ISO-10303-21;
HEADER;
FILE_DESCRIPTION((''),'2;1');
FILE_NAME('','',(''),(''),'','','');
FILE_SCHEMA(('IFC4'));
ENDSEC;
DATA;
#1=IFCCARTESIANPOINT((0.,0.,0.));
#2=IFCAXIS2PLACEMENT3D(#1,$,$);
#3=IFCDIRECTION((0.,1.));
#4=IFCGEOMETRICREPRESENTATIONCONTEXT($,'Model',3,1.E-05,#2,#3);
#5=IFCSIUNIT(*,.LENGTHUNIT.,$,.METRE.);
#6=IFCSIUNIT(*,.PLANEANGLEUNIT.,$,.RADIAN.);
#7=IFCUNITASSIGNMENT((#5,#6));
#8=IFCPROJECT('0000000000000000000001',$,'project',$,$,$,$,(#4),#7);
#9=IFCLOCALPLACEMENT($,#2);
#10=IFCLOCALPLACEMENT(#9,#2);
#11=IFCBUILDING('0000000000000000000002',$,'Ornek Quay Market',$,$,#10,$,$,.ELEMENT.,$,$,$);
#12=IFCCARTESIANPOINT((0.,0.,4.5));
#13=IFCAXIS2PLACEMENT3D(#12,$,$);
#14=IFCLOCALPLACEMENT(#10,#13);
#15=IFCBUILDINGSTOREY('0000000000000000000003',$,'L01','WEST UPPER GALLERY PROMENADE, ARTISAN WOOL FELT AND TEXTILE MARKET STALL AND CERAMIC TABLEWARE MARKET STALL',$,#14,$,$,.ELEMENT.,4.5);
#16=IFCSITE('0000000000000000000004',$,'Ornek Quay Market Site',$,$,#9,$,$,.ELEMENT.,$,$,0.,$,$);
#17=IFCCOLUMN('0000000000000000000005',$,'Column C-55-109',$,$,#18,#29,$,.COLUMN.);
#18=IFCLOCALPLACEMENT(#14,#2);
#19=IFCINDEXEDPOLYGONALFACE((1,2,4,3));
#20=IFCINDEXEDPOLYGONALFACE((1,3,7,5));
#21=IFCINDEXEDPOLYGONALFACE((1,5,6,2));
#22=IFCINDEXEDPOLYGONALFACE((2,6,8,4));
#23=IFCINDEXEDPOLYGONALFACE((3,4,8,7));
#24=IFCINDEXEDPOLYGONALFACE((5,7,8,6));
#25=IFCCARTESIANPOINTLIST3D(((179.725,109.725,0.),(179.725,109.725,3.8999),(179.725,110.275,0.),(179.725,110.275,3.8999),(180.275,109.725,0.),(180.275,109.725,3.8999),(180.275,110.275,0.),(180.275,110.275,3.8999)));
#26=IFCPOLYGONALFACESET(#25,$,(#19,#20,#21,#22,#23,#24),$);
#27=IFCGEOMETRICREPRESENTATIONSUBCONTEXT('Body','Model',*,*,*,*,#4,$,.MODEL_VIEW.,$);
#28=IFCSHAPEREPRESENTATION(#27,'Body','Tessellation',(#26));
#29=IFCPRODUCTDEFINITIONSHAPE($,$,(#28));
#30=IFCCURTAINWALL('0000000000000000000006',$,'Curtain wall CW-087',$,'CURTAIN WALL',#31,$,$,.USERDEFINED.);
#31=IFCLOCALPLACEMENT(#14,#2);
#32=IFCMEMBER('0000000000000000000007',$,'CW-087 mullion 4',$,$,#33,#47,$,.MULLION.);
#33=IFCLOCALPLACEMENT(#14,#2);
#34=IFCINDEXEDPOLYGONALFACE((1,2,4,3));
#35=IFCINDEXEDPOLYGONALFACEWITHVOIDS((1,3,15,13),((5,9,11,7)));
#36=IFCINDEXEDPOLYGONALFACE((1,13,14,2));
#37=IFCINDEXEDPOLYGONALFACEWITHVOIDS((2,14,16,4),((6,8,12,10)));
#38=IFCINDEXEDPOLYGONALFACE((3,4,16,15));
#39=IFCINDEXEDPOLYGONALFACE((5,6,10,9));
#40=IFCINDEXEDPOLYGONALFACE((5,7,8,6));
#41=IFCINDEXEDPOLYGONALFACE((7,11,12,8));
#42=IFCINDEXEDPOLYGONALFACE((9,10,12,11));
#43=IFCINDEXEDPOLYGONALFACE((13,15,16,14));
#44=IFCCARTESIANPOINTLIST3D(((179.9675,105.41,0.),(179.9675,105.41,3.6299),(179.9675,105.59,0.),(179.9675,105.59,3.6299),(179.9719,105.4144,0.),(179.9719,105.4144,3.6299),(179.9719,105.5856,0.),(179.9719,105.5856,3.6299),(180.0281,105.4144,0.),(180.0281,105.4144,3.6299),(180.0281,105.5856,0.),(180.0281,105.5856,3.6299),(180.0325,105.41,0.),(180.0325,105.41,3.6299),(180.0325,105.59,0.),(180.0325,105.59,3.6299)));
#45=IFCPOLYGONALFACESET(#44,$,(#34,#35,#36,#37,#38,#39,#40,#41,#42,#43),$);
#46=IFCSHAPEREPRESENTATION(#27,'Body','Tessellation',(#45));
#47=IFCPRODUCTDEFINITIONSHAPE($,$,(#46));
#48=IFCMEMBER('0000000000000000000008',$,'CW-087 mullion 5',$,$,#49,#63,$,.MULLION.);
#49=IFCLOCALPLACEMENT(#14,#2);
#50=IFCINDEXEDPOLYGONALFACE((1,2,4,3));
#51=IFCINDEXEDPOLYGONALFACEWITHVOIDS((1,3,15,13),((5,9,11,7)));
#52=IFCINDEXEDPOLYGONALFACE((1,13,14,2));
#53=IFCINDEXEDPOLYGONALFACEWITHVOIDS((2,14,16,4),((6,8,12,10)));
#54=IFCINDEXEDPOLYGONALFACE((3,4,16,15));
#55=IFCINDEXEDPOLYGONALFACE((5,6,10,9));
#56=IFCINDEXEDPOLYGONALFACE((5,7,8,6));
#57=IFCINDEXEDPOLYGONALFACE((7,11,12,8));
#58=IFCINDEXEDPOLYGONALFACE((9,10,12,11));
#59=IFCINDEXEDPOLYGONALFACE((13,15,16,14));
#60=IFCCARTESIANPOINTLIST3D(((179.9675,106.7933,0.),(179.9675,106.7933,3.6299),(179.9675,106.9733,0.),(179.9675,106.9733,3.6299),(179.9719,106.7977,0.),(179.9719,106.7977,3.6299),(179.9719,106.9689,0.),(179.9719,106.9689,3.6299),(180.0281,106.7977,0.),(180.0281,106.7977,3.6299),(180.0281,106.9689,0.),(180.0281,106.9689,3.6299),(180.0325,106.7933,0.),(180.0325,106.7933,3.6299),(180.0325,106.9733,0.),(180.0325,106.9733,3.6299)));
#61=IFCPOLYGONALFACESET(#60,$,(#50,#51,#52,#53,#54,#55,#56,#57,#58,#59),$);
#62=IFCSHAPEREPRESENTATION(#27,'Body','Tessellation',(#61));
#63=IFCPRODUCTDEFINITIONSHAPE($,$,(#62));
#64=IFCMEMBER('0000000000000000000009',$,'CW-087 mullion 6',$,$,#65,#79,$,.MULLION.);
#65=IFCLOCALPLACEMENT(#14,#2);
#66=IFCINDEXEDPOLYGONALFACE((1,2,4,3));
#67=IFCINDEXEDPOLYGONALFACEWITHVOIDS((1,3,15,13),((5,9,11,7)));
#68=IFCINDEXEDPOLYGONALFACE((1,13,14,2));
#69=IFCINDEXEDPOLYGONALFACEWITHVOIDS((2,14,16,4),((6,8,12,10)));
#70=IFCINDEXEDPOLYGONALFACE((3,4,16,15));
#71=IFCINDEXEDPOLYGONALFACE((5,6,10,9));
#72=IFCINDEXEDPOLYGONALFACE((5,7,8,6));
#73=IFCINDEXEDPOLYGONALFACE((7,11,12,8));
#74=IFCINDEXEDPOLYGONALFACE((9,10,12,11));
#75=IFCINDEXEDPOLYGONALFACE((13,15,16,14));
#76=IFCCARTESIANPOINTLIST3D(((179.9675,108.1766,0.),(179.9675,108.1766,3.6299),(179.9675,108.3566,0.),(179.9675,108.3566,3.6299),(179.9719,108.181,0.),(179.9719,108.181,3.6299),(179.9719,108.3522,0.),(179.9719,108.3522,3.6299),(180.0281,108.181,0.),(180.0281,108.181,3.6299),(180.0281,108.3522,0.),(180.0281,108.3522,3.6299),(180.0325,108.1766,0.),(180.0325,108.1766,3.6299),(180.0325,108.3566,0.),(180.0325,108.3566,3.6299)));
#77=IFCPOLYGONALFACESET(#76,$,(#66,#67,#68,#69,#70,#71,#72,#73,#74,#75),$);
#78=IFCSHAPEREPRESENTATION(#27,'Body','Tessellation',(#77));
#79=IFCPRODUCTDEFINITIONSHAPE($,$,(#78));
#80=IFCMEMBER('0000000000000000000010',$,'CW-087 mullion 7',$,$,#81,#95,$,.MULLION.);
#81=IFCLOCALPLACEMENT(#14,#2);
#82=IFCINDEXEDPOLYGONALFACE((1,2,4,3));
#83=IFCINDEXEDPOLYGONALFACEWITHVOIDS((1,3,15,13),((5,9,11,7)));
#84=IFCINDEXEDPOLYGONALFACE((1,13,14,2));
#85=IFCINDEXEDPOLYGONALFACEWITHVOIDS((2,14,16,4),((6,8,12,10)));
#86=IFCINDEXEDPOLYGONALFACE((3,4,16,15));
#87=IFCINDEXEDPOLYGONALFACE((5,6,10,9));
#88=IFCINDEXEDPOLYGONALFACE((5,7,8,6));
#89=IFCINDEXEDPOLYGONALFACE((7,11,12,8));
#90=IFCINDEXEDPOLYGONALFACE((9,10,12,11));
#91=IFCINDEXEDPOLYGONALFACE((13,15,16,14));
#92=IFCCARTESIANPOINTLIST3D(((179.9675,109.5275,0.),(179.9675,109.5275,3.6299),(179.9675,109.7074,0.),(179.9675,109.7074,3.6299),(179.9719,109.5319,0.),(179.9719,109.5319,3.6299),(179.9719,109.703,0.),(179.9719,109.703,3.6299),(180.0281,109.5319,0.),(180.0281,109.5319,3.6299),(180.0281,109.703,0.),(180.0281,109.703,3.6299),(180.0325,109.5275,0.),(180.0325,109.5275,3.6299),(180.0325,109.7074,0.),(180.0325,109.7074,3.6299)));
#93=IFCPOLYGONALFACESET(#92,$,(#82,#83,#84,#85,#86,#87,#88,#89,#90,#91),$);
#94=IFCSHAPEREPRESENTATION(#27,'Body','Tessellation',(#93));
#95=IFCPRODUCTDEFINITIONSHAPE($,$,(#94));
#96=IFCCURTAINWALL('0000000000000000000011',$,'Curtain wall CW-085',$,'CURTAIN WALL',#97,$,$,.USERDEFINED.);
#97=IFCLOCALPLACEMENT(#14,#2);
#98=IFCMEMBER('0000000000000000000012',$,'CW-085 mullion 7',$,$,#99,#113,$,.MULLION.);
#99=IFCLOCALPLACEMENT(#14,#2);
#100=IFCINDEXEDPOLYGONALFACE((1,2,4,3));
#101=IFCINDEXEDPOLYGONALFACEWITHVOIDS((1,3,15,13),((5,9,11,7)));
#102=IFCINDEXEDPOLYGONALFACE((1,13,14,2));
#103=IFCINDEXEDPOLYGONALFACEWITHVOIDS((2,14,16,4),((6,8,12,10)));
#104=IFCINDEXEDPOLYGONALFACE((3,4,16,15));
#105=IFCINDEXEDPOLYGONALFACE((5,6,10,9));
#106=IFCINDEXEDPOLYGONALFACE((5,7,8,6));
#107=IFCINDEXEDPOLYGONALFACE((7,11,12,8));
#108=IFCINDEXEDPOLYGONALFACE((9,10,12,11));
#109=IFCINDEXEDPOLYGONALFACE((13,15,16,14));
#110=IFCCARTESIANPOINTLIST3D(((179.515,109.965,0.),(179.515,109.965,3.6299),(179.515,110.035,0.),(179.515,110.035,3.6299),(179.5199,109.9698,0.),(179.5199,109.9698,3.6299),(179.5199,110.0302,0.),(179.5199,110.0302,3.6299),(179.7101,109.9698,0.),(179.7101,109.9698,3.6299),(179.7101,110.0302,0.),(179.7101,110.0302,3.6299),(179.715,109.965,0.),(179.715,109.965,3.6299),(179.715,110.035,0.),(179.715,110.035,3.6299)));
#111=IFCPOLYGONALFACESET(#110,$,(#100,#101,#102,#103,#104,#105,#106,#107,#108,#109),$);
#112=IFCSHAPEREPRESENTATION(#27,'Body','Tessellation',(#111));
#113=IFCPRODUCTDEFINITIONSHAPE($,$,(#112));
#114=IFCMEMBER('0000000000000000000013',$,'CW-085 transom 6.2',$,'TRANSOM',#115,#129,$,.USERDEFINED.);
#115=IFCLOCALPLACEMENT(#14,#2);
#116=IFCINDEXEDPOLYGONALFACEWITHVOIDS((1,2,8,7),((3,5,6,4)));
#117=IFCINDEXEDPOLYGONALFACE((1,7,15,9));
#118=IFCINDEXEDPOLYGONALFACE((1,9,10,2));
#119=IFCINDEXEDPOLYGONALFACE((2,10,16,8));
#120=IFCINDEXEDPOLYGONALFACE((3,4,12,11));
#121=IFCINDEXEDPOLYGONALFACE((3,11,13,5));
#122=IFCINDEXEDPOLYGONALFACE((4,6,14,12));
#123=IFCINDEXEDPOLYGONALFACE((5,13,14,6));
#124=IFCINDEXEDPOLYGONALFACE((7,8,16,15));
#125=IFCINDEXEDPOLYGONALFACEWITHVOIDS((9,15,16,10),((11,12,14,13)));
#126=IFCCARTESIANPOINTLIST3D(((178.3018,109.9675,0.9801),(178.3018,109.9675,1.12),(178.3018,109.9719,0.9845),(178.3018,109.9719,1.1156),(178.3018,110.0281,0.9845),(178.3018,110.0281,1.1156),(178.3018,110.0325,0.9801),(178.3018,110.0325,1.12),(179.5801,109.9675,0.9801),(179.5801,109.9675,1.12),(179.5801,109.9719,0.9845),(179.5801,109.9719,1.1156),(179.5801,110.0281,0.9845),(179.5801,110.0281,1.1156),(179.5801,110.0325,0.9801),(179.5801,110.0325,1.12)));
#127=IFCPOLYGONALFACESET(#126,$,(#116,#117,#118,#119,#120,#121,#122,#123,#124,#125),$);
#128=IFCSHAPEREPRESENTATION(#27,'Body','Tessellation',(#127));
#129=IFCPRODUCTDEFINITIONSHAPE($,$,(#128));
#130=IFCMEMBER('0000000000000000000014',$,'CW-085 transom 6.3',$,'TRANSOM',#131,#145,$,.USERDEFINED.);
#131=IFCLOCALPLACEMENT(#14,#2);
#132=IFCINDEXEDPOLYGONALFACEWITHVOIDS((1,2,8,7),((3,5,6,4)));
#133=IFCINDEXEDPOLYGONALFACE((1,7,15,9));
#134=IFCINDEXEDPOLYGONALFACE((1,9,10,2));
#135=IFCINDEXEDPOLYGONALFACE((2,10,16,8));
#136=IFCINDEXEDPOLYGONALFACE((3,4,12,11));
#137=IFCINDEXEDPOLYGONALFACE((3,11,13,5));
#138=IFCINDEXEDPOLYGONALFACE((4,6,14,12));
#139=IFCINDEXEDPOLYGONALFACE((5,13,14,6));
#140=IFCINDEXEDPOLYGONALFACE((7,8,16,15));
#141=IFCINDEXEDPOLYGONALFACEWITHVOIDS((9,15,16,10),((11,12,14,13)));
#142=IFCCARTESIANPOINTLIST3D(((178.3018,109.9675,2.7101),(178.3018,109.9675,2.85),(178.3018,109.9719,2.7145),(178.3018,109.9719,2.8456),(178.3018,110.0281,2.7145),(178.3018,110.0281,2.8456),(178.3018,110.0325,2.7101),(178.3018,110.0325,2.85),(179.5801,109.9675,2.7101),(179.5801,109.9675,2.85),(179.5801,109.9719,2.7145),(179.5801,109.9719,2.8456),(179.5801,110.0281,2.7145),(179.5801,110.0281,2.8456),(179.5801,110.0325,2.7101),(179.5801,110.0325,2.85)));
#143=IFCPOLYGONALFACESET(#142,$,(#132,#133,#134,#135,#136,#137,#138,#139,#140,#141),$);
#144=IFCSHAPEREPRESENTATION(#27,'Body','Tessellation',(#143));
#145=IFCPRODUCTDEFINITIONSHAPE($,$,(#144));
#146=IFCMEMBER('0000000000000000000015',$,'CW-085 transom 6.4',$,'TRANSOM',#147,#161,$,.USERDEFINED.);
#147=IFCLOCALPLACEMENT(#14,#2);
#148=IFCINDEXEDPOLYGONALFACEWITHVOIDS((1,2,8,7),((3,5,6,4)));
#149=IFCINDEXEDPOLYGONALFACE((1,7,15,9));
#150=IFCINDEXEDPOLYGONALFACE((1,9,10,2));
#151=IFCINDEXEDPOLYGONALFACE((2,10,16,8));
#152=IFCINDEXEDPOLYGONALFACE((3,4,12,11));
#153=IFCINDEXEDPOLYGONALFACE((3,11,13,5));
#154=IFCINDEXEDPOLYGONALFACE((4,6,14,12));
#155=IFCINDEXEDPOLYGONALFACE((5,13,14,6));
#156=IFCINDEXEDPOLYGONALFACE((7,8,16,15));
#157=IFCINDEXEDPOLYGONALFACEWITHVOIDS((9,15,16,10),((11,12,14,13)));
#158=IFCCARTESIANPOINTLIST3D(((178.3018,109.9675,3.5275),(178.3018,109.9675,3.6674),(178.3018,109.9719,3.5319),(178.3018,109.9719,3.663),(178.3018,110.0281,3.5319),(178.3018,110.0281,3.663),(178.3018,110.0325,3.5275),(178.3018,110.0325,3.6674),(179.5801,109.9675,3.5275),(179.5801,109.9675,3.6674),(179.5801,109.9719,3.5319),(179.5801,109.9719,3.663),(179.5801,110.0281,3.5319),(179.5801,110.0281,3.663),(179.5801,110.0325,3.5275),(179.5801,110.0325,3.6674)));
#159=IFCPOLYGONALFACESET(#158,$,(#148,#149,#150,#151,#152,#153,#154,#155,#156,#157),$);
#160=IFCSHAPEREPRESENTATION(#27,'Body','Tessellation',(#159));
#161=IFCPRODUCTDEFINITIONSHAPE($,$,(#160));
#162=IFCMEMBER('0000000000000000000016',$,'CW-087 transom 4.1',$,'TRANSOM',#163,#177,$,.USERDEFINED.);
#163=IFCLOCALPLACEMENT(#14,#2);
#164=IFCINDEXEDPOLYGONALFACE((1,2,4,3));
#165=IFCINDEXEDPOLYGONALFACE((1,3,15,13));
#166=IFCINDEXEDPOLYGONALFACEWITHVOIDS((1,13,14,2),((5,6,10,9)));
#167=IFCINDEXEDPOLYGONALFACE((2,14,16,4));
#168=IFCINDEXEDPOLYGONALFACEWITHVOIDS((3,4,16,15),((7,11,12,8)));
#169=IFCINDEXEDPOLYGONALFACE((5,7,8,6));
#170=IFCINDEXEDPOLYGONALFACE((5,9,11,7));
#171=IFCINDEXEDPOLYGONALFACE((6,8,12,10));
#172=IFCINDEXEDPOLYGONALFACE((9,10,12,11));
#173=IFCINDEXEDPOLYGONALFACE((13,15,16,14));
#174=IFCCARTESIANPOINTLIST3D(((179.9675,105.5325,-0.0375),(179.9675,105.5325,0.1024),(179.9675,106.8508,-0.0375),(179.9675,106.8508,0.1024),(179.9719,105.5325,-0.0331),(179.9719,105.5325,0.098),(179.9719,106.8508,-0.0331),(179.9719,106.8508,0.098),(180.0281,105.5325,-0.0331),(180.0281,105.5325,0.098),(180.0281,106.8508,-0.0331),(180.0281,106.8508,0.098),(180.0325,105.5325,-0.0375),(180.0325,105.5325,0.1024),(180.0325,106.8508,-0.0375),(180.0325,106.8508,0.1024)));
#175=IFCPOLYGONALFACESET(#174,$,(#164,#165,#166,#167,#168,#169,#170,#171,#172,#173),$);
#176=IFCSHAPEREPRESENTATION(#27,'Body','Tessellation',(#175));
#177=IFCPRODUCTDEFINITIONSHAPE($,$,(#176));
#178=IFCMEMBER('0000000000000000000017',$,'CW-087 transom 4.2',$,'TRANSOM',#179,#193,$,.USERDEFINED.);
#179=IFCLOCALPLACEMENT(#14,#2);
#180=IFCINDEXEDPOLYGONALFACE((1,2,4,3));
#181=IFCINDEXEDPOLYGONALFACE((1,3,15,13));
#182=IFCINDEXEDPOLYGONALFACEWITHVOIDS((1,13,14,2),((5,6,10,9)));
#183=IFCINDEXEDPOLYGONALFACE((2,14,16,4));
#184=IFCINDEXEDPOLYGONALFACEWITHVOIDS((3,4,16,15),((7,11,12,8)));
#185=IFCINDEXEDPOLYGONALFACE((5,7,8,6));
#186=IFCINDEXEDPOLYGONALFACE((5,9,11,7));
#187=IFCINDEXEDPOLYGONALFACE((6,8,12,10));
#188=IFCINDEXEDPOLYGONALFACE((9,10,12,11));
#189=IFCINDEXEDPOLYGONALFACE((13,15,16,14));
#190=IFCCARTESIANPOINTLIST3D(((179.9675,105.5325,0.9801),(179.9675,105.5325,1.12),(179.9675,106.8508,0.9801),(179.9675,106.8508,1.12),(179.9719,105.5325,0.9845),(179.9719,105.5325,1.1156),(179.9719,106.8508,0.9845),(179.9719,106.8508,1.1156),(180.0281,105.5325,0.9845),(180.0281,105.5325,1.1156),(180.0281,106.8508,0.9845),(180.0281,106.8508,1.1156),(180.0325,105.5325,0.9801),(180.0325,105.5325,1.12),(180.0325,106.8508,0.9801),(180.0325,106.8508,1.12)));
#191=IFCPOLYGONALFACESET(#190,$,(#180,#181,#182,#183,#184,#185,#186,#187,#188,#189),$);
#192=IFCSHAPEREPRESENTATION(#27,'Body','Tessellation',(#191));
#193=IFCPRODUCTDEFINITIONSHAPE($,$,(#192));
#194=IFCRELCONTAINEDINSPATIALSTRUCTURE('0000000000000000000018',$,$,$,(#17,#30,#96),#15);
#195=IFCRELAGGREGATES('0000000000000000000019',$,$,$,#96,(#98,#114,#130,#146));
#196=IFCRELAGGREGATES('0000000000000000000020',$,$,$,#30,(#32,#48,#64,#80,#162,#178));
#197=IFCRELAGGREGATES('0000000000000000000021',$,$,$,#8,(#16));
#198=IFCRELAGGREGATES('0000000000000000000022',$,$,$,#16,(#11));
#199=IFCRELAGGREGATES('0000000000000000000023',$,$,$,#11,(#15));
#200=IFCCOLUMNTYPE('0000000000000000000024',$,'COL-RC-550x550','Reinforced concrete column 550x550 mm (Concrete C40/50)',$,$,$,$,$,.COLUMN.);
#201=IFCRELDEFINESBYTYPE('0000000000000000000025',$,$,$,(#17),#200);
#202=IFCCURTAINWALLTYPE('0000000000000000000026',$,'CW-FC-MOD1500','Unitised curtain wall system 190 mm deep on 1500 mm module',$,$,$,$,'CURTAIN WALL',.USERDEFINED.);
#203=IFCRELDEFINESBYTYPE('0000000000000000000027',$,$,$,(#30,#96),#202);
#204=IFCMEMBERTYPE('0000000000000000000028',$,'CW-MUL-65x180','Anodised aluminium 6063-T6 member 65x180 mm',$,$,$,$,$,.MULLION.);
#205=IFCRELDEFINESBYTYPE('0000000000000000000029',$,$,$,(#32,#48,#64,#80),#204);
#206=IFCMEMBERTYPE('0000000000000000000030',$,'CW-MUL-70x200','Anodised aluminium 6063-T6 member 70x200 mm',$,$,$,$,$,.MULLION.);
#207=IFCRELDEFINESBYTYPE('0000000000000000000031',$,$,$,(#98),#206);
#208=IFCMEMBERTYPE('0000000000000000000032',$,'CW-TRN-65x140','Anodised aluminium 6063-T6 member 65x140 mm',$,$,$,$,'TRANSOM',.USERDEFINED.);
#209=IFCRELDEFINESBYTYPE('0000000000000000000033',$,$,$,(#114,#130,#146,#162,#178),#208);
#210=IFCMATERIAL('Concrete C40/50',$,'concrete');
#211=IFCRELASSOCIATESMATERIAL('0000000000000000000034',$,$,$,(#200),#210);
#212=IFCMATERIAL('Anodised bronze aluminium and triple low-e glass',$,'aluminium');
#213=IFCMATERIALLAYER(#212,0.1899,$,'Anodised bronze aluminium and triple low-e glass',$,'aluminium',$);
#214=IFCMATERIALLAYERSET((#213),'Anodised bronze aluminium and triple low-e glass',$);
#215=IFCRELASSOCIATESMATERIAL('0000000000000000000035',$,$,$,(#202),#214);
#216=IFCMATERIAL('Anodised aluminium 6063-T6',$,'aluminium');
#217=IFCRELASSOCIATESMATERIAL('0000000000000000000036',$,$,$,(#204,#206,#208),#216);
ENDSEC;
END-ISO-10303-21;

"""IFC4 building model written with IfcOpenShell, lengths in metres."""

from ifc_helpers import new_model, si_unit, direction, frame, origin, origin_2d, place, context, subcontext, project, spatial, rectangle, hollow_rectangle, extrude, material, layer, layer_set, material_profile, profile_set, type_object, element, aggregate, save


model = new_model("IFC4")

# Units and contexts
model_context = context("Model", 3, precision=1e-05, world=origin(), true_north=direction((0.0, 1.0)))
body_context = subcontext(model_context, "Body", "Model", "MODEL_VIEW")
ifc_project = project(units=[si_unit("LENGTHUNIT", "METRE"), si_unit("PLANEANGLEUNIT", "RADIAN")], contexts=[model_context])

# Site, building, storey
site_placement = place(None, origin())
site = spatial("IfcSite", under=ifc_project, at=site_placement, Name="Ornek Quay Market Site", CompositionType="ELEMENT", RefElevation=0.0)
building_placement = place(site_placement, origin())
building = spatial("IfcBuilding", under=site, at=building_placement, Name="Ornek Quay Market", CompositionType="ELEMENT")
storey_placement = place(building_placement, frame((0.0, 0.0, 4.5)))
storey = spatial("IfcBuildingStorey", under=building, at=storey_placement, Name="L01", Description="WEST UPPER GALLERY PROMENADE, ARTISAN WOOL FELT AND TEXTILE MARKET STALL AND CERAMIC TABLEWARE MARKET STALL", CompositionType="ELEMENT", Elevation=4.5)

# Column
ifc_material_1 = material(Name="Concrete C40/50", Category="concrete")
ifc_material_profile_1 = material_profile(ifc_material_1, rectangle(XDim=0.55, YDim=0.55, at=origin_2d()), Name="RC 550x550", Category="concrete")
ifc_profile_set_1 = profile_set([ifc_material_profile_1], Name="Concrete C40/50")
column_type = type_object("IfcColumnType", Name="COL-RC-550x550", Description="Reinforced concrete column 550x550 mm (Concrete C40/50)", PredefinedType="COLUMN", material=ifc_profile_set_1)
column_placement = place(storey_placement, frame((180.0, 110.0, 0.0), z_axis=(0.0, 0.0, 1.0), x_axis=(1.0, 0.0, 0.0)))
element("IfcColumn", 1, at=column_placement, inside=storey, type_object=column_type, Name="Column C-55-109", PredefinedType="COLUMN", context=body_context, shape_type="SweptSolid", body=[
    extrude(rectangle(XDim=0.55, YDim=0.55, at=origin_2d()), origin(), (0.0, 0.0, 1.0), 3.8999),
])

# Curtain walls, members
ifc_material_2 = material(Name="Anodised bronze aluminium and triple low-e glass", Category="aluminium")
ifc_layer_1 = layer(ifc_material_2, 0.1899, Name="Anodised bronze aluminium and triple low-e glass", Category="aluminium")
ifc_layer_set_1 = layer_set([ifc_layer_1], Name="Anodised bronze aluminium and triple low-e glass")
curtain_wall_type = type_object("IfcCurtainWallType", Name="CW-FC-MOD1500", Description="Unitised curtain wall system 190 mm deep on 1500 mm module", ElementType="CURTAIN WALL", PredefinedType="USERDEFINED", material=ifc_layer_set_1)
curtain_wall_1_placement = place(storey_placement, origin())
curtain_wall_1 = element("IfcCurtainWall", 2, at=curtain_wall_1_placement, inside=storey, type_object=curtain_wall_type, Name="Curtain wall CW-087", ObjectType="CURTAIN WALL", PredefinedType="USERDEFINED")
ifc_material_3 = material(Name="Anodised aluminium 6063-T6", Category="aluminium")
ifc_material_profile_2 = material_profile(ifc_material_3, hollow_rectangle(XDim=0.0649, YDim=0.1799, WallThickness=0.0044, at=origin_2d()), Name="CW-MUL-65x180", Category="aluminium")
ifc_profile_set_2 = profile_set([ifc_material_profile_2], Name="Anodised aluminium 6063-T6")
member_type_1 = type_object("IfcMemberType", Name="CW-MUL-65x180", Description="Anodised aluminium 6063-T6 member 65x180 mm", PredefinedType="MULLION", material=ifc_profile_set_2)
member_1_placement = place(storey_placement, frame((180.0, 105.5, 0.0), z_axis=(0.0, 0.0, 1.0), x_axis=(-1.0, 0.0, 0.0)))
member_1 = element("IfcMember", 3, at=member_1_placement, type_object=member_type_1, Name="CW-087 mullion 4", PredefinedType="MULLION", context=body_context, shape_type="SweptSolid", body=[
    extrude(hollow_rectangle(XDim=0.0649, YDim=0.1799, WallThickness=0.0044, at=origin_2d()), origin(), (0.0, 0.0, 1.0), 3.6299),
])
member_2_placement = place(storey_placement, frame((180.0, 106.8833, 0.0), z_axis=(0.0, 0.0, 1.0), x_axis=(-1.0, 0.0, 0.0)))
member_2 = element("IfcMember", 4, at=member_2_placement, type_object=member_type_1, Name="CW-087 mullion 5", PredefinedType="MULLION", context=body_context, shape_type="SweptSolid", body=[
    extrude(hollow_rectangle(XDim=0.0649, YDim=0.1799, WallThickness=0.0044, at=origin_2d()), origin(), (0.0, 0.0, 1.0), 3.6299),
])
member_3_placement = place(storey_placement, frame((180.0, 108.2666, 0.0), z_axis=(0.0, 0.0, 1.0), x_axis=(-1.0, 0.0, 0.0)))
member_3 = element("IfcMember", 5, at=member_3_placement, type_object=member_type_1, Name="CW-087 mullion 6", PredefinedType="MULLION", context=body_context, shape_type="SweptSolid", body=[
    extrude(hollow_rectangle(XDim=0.0649, YDim=0.1799, WallThickness=0.0044, at=origin_2d()), origin(), (0.0, 0.0, 1.0), 3.6299),
])
member_4_placement = place(storey_placement, frame((180.0, 109.6174, 0.0), z_axis=(0.0, 0.0, 1.0), x_axis=(-1.0, 0.0, 0.0)))
member_4 = element("IfcMember", 6, at=member_4_placement, type_object=member_type_1, Name="CW-087 mullion 7", PredefinedType="MULLION", context=body_context, shape_type="SweptSolid", body=[
    extrude(hollow_rectangle(XDim=0.0649, YDim=0.1799, WallThickness=0.0044, at=origin_2d()), origin(), (0.0, 0.0, 1.0), 3.6299),
])
curtain_wall_2_placement = place(storey_placement, origin())
curtain_wall_2 = element("IfcCurtainWall", 7, at=curtain_wall_2_placement, inside=storey, type_object=curtain_wall_type, Name="Curtain wall CW-085", ObjectType="CURTAIN WALL", PredefinedType="USERDEFINED")
ifc_material_profile_3 = material_profile(ifc_material_3, hollow_rectangle(XDim=0.0701, YDim=0.2, WallThickness=0.0049, at=origin_2d()), Name="CW-MUL-70x200", Category="aluminium")
ifc_profile_set_3 = profile_set([ifc_material_profile_3], Name="Anodised aluminium 6063-T6")
member_type_2 = type_object("IfcMemberType", Name="CW-MUL-70x200", Description="Anodised aluminium 6063-T6 member 70x200 mm", PredefinedType="MULLION", material=ifc_profile_set_3)
member_5_placement = place(storey_placement, frame((179.615, 110.0, 0.0), z_axis=(0.0, 0.0, 1.0), x_axis=(0.0, 1.0, 0.0)))
member_5 = element("IfcMember", 8, at=member_5_placement, type_object=member_type_2, Name="CW-085 mullion 7", PredefinedType="MULLION", context=body_context, shape_type="SweptSolid", body=[
    extrude(hollow_rectangle(XDim=0.0701, YDim=0.2, WallThickness=0.0049, at=origin_2d()), origin(), (0.0, 0.0, 1.0), 3.6299),
])
ifc_material_profile_4 = material_profile(ifc_material_3, hollow_rectangle(XDim=0.0649, YDim=0.1399, WallThickness=0.0044, at=origin_2d()), Name="CW-TRN-65x140", Category="aluminium")
ifc_profile_set_4 = profile_set([ifc_material_profile_4], Name="Anodised aluminium 6063-T6")
member_type_3 = type_object("IfcMemberType", Name="CW-TRN-65x140", Description="Anodised aluminium 6063-T6 member 65x140 mm", ElementType="TRANSOM", PredefinedType="USERDEFINED", material=ifc_profile_set_4)
member_6_placement = place(storey_placement, frame((178.3018, 110.0, 1.05), z_axis=(1.0, 0.0, 0.0), x_axis=(0.0, 1.0, 0.0)))
member_6 = element("IfcMember", 9, at=member_6_placement, type_object=member_type_3, Name="CW-085 transom 6.2", ObjectType="TRANSOM", PredefinedType="USERDEFINED", context=body_context, shape_type="SweptSolid", body=[
    extrude(hollow_rectangle(XDim=0.0649, YDim=0.1399, WallThickness=0.0044, at=origin_2d()), origin(), (0.0, 0.0, 1.0), 1.2783),
])
member_7_placement = place(storey_placement, frame((178.3018, 110.0, 2.78), z_axis=(1.0, 0.0, 0.0), x_axis=(0.0, 1.0, 0.0)))
member_7 = element("IfcMember", 10, at=member_7_placement, type_object=member_type_3, Name="CW-085 transom 6.3", ObjectType="TRANSOM", PredefinedType="USERDEFINED", context=body_context, shape_type="SweptSolid", body=[
    extrude(hollow_rectangle(XDim=0.0649, YDim=0.1399, WallThickness=0.0044, at=origin_2d()), origin(), (0.0, 0.0, 1.0), 1.2783),
])
member_8_placement = place(storey_placement, frame((178.3018, 110.0, 3.5974), z_axis=(1.0, 0.0, 0.0), x_axis=(0.0, 1.0, 0.0)))
member_8 = element("IfcMember", 11, at=member_8_placement, type_object=member_type_3, Name="CW-085 transom 6.4", ObjectType="TRANSOM", PredefinedType="USERDEFINED", context=body_context, shape_type="SweptSolid", body=[
    extrude(hollow_rectangle(XDim=0.0649, YDim=0.1399, WallThickness=0.0044, at=origin_2d()), origin(), (0.0, 0.0, 1.0), 1.2783),
])

# Members
member_9_placement = place(storey_placement, frame((180.0, 105.5325, 0.0325), z_axis=(0.0, 1.0, 0.0), x_axis=(-1.0, 0.0, 0.0)))
member_9 = element("IfcMember", 12, at=member_9_placement, type_object=member_type_3, Name="CW-087 transom 4.1", ObjectType="TRANSOM", PredefinedType="USERDEFINED", context=body_context, shape_type="SweptSolid", body=[
    extrude(hollow_rectangle(XDim=0.0649, YDim=0.1399, WallThickness=0.0044, at=origin_2d()), origin(), (0.0, 0.0, 1.0), 1.3184),
])
member_10_placement = place(storey_placement, frame((180.0, 105.5325, 1.05), z_axis=(0.0, 1.0, 0.0), x_axis=(-1.0, 0.0, 0.0)))
member_10 = element("IfcMember", 13, at=member_10_placement, type_object=member_type_3, Name="CW-087 transom 4.2", ObjectType="TRANSOM", PredefinedType="USERDEFINED", context=body_context, shape_type="SweptSolid", body=[
    extrude(hollow_rectangle(XDim=0.0649, YDim=0.1399, WallThickness=0.0044, at=origin_2d()), origin(), (0.0, 0.0, 1.0), 1.3184),
])

aggregate(curtain_wall_2, [member_5, member_6, member_7, member_8])
aggregate(curtain_wall_1, [member_1, member_2, member_3, member_4, member_9, member_10])

save(model, "model.ifc")
